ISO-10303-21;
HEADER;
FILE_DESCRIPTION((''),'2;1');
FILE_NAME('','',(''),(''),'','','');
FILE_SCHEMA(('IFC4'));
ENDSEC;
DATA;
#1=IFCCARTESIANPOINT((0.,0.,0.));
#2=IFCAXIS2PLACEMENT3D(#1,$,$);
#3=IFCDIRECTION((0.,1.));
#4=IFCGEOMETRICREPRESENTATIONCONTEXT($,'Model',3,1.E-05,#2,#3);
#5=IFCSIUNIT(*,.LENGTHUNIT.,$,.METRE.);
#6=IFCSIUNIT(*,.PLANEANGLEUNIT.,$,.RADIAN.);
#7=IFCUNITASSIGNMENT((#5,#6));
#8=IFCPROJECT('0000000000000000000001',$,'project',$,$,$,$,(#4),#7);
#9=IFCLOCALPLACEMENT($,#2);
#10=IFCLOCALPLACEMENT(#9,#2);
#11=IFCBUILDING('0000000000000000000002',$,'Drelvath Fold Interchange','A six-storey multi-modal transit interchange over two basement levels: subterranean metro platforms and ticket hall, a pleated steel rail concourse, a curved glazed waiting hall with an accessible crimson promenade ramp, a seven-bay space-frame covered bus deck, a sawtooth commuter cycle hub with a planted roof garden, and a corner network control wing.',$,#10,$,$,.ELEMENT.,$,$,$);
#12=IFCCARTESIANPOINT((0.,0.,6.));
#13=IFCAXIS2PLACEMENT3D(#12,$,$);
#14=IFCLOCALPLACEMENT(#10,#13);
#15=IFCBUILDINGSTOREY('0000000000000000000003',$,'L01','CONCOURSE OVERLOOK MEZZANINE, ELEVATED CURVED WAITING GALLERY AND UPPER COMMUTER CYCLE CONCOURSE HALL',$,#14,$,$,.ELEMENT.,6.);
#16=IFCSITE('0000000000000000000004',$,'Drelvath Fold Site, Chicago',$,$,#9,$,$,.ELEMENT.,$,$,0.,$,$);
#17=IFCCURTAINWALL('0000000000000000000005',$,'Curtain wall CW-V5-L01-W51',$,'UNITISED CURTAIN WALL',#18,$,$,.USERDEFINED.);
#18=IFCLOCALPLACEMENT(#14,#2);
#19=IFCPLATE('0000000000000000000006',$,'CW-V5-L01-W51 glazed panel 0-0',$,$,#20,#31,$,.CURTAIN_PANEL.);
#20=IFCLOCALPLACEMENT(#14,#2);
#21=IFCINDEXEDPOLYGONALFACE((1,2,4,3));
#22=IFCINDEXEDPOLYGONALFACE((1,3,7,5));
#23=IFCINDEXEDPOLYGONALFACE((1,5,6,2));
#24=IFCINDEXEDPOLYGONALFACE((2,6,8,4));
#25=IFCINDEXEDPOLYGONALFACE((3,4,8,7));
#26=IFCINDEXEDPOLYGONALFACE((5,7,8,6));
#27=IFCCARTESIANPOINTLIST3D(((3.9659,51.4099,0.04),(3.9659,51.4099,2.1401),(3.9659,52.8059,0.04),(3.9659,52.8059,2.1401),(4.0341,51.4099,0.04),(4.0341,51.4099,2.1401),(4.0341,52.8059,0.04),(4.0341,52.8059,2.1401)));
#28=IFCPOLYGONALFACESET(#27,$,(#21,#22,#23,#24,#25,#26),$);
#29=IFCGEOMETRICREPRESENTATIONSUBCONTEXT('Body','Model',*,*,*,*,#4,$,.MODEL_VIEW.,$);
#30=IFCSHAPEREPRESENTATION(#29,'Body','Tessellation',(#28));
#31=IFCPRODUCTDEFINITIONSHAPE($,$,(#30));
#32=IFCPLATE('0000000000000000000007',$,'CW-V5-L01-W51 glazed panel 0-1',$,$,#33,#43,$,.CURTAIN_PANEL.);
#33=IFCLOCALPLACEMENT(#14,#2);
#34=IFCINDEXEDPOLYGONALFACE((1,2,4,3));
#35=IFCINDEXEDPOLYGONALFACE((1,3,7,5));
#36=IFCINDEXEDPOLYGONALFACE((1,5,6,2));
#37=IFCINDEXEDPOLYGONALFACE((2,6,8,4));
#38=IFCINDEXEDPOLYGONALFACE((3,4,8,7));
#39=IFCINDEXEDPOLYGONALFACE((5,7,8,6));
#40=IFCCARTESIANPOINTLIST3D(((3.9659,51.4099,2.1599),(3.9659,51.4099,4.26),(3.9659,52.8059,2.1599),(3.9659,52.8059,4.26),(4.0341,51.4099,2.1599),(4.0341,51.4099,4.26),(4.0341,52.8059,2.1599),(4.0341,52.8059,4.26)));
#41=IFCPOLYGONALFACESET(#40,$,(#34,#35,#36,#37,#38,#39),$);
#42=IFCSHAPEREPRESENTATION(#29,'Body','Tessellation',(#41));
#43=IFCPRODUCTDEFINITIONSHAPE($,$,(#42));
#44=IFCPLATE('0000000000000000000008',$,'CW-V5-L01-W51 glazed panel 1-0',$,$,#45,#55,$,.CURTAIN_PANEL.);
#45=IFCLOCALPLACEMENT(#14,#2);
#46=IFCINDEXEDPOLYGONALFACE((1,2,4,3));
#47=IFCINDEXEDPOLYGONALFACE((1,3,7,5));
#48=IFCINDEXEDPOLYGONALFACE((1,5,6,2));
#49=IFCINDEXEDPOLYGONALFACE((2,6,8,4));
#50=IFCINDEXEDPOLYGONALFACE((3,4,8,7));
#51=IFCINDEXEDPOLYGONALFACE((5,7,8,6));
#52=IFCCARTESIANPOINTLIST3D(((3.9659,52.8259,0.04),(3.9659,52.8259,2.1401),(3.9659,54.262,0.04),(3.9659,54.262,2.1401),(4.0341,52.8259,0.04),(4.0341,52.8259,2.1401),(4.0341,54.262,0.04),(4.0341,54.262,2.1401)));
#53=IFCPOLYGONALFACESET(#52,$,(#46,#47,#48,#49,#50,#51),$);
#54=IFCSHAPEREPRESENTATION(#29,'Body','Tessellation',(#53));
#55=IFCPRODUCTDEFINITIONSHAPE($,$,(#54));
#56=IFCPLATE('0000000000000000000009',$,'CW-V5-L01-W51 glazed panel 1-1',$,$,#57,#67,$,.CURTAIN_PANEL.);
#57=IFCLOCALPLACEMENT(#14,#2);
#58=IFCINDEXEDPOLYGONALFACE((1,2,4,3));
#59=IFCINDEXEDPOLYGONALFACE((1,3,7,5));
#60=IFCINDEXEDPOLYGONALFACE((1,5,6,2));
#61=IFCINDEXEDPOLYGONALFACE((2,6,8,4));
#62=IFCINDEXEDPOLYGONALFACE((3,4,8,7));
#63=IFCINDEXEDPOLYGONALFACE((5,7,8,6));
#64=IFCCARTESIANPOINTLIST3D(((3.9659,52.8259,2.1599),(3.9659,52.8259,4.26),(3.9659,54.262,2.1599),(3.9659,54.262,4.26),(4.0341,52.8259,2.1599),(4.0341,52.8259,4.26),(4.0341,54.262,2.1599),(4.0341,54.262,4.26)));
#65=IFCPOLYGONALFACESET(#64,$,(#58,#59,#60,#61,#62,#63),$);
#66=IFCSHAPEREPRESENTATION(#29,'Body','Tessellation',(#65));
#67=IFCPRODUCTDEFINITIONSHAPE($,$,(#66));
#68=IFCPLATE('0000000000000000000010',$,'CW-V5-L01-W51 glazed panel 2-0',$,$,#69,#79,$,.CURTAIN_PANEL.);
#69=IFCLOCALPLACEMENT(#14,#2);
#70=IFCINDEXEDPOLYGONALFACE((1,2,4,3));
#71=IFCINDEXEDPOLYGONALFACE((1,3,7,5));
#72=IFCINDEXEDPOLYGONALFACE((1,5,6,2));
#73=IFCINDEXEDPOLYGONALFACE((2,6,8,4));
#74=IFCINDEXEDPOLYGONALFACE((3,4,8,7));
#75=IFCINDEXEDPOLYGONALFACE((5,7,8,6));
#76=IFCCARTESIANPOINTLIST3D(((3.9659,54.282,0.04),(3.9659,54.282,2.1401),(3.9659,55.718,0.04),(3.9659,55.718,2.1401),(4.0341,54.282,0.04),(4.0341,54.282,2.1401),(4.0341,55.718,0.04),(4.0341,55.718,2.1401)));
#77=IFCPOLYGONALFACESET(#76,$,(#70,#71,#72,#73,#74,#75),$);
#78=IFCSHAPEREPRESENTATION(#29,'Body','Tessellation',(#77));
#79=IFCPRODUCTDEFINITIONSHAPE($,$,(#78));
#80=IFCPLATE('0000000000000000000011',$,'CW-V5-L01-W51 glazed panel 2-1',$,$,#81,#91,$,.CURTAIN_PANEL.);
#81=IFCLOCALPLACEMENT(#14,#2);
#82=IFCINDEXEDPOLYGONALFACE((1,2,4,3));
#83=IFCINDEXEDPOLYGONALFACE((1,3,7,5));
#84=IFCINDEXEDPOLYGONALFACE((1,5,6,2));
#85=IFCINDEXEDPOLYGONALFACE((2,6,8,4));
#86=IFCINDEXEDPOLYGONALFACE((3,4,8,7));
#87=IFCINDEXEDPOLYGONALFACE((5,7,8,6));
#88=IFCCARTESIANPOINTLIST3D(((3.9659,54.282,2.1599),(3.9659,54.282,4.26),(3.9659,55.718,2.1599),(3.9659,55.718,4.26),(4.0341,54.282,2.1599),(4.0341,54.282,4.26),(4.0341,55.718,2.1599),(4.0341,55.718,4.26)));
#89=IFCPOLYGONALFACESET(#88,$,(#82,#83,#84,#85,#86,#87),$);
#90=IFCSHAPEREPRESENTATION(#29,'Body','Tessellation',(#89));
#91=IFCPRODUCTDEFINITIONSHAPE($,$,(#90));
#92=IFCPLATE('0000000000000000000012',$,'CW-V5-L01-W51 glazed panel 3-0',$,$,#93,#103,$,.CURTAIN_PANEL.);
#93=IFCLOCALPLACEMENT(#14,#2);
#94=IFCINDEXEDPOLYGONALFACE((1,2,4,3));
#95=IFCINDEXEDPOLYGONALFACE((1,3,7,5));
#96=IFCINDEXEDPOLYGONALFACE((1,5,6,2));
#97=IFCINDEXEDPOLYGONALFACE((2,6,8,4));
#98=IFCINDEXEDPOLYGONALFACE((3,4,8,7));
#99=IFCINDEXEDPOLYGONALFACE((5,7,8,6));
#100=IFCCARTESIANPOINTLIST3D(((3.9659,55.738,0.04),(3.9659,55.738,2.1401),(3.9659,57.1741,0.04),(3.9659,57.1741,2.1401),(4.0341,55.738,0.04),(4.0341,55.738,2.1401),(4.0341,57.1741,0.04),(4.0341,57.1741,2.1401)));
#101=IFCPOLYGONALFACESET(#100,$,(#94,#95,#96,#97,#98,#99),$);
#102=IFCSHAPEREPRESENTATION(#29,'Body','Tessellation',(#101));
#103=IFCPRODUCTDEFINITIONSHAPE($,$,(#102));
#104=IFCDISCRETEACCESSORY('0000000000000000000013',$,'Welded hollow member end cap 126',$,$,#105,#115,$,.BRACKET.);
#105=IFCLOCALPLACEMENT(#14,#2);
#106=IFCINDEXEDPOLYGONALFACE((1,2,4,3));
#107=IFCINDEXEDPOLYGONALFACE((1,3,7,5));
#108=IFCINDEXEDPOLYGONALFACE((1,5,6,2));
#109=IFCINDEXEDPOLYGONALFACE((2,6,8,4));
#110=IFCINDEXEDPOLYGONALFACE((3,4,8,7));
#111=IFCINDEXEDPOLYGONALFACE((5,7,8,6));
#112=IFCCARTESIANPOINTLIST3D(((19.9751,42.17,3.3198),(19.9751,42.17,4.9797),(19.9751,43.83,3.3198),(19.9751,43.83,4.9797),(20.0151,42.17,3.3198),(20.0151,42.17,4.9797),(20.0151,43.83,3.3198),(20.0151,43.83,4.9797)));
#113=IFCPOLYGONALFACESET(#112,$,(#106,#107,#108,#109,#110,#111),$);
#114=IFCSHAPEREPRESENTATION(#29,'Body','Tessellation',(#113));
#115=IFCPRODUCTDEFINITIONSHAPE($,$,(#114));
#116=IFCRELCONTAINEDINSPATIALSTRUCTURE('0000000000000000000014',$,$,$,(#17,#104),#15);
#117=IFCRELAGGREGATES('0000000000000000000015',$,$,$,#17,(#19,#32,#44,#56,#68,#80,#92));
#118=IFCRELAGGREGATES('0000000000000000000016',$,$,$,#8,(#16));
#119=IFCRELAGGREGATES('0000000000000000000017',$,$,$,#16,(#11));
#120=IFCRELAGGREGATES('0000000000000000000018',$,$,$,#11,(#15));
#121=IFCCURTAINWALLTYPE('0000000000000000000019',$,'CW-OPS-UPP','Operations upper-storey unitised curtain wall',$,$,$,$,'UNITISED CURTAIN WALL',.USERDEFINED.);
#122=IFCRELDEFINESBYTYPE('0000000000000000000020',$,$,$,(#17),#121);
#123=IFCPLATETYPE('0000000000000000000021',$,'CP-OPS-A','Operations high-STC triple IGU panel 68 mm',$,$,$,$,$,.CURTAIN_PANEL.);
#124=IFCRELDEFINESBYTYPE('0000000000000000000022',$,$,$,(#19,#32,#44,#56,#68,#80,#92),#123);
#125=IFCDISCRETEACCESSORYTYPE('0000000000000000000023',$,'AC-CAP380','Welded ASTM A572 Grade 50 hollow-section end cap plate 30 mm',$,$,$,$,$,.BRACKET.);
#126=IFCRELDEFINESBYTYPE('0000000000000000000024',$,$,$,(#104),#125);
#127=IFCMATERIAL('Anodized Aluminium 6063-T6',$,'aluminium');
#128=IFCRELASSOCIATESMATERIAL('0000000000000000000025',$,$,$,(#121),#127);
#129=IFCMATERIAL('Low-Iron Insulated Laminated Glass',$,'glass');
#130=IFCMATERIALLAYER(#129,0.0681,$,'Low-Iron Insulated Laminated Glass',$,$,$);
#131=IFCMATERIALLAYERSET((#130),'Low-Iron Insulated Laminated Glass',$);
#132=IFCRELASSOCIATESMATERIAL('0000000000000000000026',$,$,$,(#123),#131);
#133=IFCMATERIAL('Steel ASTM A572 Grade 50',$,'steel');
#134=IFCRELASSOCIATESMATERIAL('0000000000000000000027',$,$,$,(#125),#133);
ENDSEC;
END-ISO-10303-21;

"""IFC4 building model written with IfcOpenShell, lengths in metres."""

from ifc_helpers import new_model, si_unit, direction, frame, origin, origin_2d, place, context, subcontext, project, spatial, rectangle, extrude, material, layer, layer_set, type_object, element, aggregate, save


model = new_model("IFC4")

# Units and contexts
model_context = context("Model", 3, precision=1e-05, world=origin(), true_north=direction((0.0, 1.0)))
body_context = subcontext(model_context, "Body", "Model", "MODEL_VIEW")
ifc_project = project(units=[si_unit("LENGTHUNIT", "METRE"), si_unit("PLANEANGLEUNIT", "RADIAN")], contexts=[model_context])

# Site, building, storey
site_placement = place(None, origin())
site = spatial("IfcSite", under=ifc_project, at=site_placement, Name="Drelvath Fold Site, Chicago", CompositionType="ELEMENT", RefElevation=0.0)
building_placement = place(site_placement, origin())
building = spatial("IfcBuilding", under=site, at=building_placement, Name="Drelvath Fold Interchange", Description="A six-storey multi-modal transit interchange over two basement levels: subterranean metro platforms and ticket hall, a pleated steel rail concourse, a curved glazed waiting hall with an accessible crimson promenade ramp, a seven-bay space-frame covered bus deck, a sawtooth commuter cycle hub with a planted roof garden, and a corner network control wing.", CompositionType="ELEMENT")
storey_placement = place(building_placement, frame((0.0, 0.0, 6.0)))
storey = spatial("IfcBuildingStorey", under=building, at=storey_placement, Name="L01", Description="CONCOURSE OVERLOOK MEZZANINE, ELEVATED CURVED WAITING GALLERY AND UPPER COMMUTER CYCLE CONCOURSE HALL", CompositionType="ELEMENT", Elevation=6.0)

# Curtain wall
ifc_material_1 = material(Name="Anodized Aluminium 6063-T6", Category="aluminium")
curtain_wall_type = type_object("IfcCurtainWallType", Name="CW-OPS-UPP", Description="Operations upper-storey unitised curtain wall", ElementType="UNITISED CURTAIN WALL", PredefinedType="USERDEFINED", material=ifc_material_1)
curtain_wall_placement = place(storey_placement, origin())
curtain_wall = element("IfcCurtainWall", 1, at=curtain_wall_placement, inside=storey, type_object=curtain_wall_type, Name="Curtain wall CW-V5-L01-W51", ObjectType="UNITISED CURTAIN WALL", PredefinedType="USERDEFINED")

# Shared definitions
ifc_material_2 = material(Name="Steel ASTM A572 Grade 50", Category="steel")

# Plates
ifc_material_3 = material(Name="Low-Iron Insulated Laminated Glass", Category="glass")
ifc_layer = layer(ifc_material_3, 0.0681, Name="Low-Iron Insulated Laminated Glass")
ifc_layer_set = layer_set([ifc_layer], Name="Low-Iron Insulated Laminated Glass")
plate_type = type_object("IfcPlateType", Name="CP-OPS-A", Description="Operations high-STC triple IGU panel 68 mm", PredefinedType="CURTAIN_PANEL", material=ifc_layer_set)
plate_1_placement = place(storey_placement, frame((4.0, 52.1079, 0.04), z_axis=(0.0, 0.0, 1.0), x_axis=(0.0, 1.0, 0.0)))
plate_1 = element("IfcPlate", 2, at=plate_1_placement, type_object=plate_type, Name="CW-V5-L01-W51 glazed panel 0-0", PredefinedType="CURTAIN_PANEL", context=body_context, shape_type="SweptSolid", body=[
    extrude(rectangle(XDim=1.396, YDim=0.0681, at=origin_2d()), origin(), (0.0, 0.0, 1.0), 2.1001),
])
plate_2_placement = place(storey_placement, frame((4.0, 52.1079, 2.1599), z_axis=(0.0, 0.0, 1.0), x_axis=(0.0, 1.0, 0.0)))
plate_2 = element("IfcPlate", 3, at=plate_2_placement, type_object=plate_type, Name="CW-V5-L01-W51 glazed panel 0-1", PredefinedType="CURTAIN_PANEL", context=body_context, shape_type="SweptSolid", body=[
    extrude(rectangle(XDim=1.396, YDim=0.0681, at=origin_2d()), origin(), (0.0, 0.0, 1.0), 2.1001),
])
plate_3_placement = place(storey_placement, frame((4.0, 53.5439, 0.04), z_axis=(0.0, 0.0, 1.0), x_axis=(0.0, 1.0, 0.0)))
plate_3 = element("IfcPlate", 4, at=plate_3_placement, type_object=plate_type, Name="CW-V5-L01-W51 glazed panel 1-0", PredefinedType="CURTAIN_PANEL", context=body_context, shape_type="SweptSolid", body=[
    extrude(rectangle(XDim=1.436, YDim=0.0681, at=origin_2d()), origin(), (0.0, 0.0, 1.0), 2.1001),
])
plate_4_placement = place(storey_placement, frame((4.0, 53.5439, 2.1599), z_axis=(0.0, 0.0, 1.0), x_axis=(0.0, 1.0, 0.0)))
plate_4 = element("IfcPlate", 5, at=plate_4_placement, type_object=plate_type, Name="CW-V5-L01-W51 glazed panel 1-1", PredefinedType="CURTAIN_PANEL", context=body_context, shape_type="SweptSolid", body=[
    extrude(rectangle(XDim=1.436, YDim=0.0681, at=origin_2d()), origin(), (0.0, 0.0, 1.0), 2.1001),
])
plate_5_placement = place(storey_placement, frame((4.0, 55.0, 0.04), z_axis=(0.0, 0.0, 1.0), x_axis=(0.0, 1.0, 0.0)))
plate_5 = element("IfcPlate", 6, at=plate_5_placement, type_object=plate_type, Name="CW-V5-L01-W51 glazed panel 2-0", PredefinedType="CURTAIN_PANEL", context=body_context, shape_type="SweptSolid", body=[
    extrude(rectangle(XDim=1.436, YDim=0.0681, at=origin_2d()), origin(), (0.0, 0.0, 1.0), 2.1001),
])
plate_6_placement = place(storey_placement, frame((4.0, 55.0, 2.1599), z_axis=(0.0, 0.0, 1.0), x_axis=(0.0, 1.0, 0.0)))
plate_6 = element("IfcPlate", 7, at=plate_6_placement, type_object=plate_type, Name="CW-V5-L01-W51 glazed panel 2-1", PredefinedType="CURTAIN_PANEL", context=body_context, shape_type="SweptSolid", body=[
    extrude(rectangle(XDim=1.436, YDim=0.0681, at=origin_2d()), origin(), (0.0, 0.0, 1.0), 2.1001),
])
plate_7_placement = place(storey_placement, frame((4.0, 56.4561, 0.04), z_axis=(0.0, 0.0, 1.0), x_axis=(0.0, 1.0, 0.0)))
plate_7 = element("IfcPlate", 8, at=plate_7_placement, type_object=plate_type, Name="CW-V5-L01-W51 glazed panel 3-0", PredefinedType="CURTAIN_PANEL", context=body_context, shape_type="SweptSolid", body=[
    extrude(rectangle(XDim=1.436, YDim=0.0681, at=origin_2d()), origin(), (0.0, 0.0, 1.0), 2.1001),
])
aggregate(curtain_wall, [plate_1, plate_2, plate_3, plate_4, plate_5, plate_6, plate_7])

# Discrete accessory
discrete_accessory_type = type_object("IfcDiscreteAccessoryType", Name="AC-CAP380", Description="Welded ASTM A572 Grade 50 hollow-section end cap plate 30 mm", PredefinedType="BRACKET", material=ifc_material_2)
discrete_accessory_placement = place(storey_placement, frame((19.9951, 43.0, 3.3198), z_axis=(0.0, 0.0, 1.0), x_axis=(1.0, 0.0, 0.0)))
element("IfcDiscreteAccessory", 9, at=discrete_accessory_placement, inside=storey, type_object=discrete_accessory_type, Name="Welded hollow member end cap 126", PredefinedType="BRACKET", context=body_context, shape_type="SweptSolid", body=[
    extrude(rectangle(XDim=0.04, YDim=1.6599, at=origin_2d()), origin(), (0.0, 0.0, 1.0), 1.6599),
])

save(model, "model.ifc")
